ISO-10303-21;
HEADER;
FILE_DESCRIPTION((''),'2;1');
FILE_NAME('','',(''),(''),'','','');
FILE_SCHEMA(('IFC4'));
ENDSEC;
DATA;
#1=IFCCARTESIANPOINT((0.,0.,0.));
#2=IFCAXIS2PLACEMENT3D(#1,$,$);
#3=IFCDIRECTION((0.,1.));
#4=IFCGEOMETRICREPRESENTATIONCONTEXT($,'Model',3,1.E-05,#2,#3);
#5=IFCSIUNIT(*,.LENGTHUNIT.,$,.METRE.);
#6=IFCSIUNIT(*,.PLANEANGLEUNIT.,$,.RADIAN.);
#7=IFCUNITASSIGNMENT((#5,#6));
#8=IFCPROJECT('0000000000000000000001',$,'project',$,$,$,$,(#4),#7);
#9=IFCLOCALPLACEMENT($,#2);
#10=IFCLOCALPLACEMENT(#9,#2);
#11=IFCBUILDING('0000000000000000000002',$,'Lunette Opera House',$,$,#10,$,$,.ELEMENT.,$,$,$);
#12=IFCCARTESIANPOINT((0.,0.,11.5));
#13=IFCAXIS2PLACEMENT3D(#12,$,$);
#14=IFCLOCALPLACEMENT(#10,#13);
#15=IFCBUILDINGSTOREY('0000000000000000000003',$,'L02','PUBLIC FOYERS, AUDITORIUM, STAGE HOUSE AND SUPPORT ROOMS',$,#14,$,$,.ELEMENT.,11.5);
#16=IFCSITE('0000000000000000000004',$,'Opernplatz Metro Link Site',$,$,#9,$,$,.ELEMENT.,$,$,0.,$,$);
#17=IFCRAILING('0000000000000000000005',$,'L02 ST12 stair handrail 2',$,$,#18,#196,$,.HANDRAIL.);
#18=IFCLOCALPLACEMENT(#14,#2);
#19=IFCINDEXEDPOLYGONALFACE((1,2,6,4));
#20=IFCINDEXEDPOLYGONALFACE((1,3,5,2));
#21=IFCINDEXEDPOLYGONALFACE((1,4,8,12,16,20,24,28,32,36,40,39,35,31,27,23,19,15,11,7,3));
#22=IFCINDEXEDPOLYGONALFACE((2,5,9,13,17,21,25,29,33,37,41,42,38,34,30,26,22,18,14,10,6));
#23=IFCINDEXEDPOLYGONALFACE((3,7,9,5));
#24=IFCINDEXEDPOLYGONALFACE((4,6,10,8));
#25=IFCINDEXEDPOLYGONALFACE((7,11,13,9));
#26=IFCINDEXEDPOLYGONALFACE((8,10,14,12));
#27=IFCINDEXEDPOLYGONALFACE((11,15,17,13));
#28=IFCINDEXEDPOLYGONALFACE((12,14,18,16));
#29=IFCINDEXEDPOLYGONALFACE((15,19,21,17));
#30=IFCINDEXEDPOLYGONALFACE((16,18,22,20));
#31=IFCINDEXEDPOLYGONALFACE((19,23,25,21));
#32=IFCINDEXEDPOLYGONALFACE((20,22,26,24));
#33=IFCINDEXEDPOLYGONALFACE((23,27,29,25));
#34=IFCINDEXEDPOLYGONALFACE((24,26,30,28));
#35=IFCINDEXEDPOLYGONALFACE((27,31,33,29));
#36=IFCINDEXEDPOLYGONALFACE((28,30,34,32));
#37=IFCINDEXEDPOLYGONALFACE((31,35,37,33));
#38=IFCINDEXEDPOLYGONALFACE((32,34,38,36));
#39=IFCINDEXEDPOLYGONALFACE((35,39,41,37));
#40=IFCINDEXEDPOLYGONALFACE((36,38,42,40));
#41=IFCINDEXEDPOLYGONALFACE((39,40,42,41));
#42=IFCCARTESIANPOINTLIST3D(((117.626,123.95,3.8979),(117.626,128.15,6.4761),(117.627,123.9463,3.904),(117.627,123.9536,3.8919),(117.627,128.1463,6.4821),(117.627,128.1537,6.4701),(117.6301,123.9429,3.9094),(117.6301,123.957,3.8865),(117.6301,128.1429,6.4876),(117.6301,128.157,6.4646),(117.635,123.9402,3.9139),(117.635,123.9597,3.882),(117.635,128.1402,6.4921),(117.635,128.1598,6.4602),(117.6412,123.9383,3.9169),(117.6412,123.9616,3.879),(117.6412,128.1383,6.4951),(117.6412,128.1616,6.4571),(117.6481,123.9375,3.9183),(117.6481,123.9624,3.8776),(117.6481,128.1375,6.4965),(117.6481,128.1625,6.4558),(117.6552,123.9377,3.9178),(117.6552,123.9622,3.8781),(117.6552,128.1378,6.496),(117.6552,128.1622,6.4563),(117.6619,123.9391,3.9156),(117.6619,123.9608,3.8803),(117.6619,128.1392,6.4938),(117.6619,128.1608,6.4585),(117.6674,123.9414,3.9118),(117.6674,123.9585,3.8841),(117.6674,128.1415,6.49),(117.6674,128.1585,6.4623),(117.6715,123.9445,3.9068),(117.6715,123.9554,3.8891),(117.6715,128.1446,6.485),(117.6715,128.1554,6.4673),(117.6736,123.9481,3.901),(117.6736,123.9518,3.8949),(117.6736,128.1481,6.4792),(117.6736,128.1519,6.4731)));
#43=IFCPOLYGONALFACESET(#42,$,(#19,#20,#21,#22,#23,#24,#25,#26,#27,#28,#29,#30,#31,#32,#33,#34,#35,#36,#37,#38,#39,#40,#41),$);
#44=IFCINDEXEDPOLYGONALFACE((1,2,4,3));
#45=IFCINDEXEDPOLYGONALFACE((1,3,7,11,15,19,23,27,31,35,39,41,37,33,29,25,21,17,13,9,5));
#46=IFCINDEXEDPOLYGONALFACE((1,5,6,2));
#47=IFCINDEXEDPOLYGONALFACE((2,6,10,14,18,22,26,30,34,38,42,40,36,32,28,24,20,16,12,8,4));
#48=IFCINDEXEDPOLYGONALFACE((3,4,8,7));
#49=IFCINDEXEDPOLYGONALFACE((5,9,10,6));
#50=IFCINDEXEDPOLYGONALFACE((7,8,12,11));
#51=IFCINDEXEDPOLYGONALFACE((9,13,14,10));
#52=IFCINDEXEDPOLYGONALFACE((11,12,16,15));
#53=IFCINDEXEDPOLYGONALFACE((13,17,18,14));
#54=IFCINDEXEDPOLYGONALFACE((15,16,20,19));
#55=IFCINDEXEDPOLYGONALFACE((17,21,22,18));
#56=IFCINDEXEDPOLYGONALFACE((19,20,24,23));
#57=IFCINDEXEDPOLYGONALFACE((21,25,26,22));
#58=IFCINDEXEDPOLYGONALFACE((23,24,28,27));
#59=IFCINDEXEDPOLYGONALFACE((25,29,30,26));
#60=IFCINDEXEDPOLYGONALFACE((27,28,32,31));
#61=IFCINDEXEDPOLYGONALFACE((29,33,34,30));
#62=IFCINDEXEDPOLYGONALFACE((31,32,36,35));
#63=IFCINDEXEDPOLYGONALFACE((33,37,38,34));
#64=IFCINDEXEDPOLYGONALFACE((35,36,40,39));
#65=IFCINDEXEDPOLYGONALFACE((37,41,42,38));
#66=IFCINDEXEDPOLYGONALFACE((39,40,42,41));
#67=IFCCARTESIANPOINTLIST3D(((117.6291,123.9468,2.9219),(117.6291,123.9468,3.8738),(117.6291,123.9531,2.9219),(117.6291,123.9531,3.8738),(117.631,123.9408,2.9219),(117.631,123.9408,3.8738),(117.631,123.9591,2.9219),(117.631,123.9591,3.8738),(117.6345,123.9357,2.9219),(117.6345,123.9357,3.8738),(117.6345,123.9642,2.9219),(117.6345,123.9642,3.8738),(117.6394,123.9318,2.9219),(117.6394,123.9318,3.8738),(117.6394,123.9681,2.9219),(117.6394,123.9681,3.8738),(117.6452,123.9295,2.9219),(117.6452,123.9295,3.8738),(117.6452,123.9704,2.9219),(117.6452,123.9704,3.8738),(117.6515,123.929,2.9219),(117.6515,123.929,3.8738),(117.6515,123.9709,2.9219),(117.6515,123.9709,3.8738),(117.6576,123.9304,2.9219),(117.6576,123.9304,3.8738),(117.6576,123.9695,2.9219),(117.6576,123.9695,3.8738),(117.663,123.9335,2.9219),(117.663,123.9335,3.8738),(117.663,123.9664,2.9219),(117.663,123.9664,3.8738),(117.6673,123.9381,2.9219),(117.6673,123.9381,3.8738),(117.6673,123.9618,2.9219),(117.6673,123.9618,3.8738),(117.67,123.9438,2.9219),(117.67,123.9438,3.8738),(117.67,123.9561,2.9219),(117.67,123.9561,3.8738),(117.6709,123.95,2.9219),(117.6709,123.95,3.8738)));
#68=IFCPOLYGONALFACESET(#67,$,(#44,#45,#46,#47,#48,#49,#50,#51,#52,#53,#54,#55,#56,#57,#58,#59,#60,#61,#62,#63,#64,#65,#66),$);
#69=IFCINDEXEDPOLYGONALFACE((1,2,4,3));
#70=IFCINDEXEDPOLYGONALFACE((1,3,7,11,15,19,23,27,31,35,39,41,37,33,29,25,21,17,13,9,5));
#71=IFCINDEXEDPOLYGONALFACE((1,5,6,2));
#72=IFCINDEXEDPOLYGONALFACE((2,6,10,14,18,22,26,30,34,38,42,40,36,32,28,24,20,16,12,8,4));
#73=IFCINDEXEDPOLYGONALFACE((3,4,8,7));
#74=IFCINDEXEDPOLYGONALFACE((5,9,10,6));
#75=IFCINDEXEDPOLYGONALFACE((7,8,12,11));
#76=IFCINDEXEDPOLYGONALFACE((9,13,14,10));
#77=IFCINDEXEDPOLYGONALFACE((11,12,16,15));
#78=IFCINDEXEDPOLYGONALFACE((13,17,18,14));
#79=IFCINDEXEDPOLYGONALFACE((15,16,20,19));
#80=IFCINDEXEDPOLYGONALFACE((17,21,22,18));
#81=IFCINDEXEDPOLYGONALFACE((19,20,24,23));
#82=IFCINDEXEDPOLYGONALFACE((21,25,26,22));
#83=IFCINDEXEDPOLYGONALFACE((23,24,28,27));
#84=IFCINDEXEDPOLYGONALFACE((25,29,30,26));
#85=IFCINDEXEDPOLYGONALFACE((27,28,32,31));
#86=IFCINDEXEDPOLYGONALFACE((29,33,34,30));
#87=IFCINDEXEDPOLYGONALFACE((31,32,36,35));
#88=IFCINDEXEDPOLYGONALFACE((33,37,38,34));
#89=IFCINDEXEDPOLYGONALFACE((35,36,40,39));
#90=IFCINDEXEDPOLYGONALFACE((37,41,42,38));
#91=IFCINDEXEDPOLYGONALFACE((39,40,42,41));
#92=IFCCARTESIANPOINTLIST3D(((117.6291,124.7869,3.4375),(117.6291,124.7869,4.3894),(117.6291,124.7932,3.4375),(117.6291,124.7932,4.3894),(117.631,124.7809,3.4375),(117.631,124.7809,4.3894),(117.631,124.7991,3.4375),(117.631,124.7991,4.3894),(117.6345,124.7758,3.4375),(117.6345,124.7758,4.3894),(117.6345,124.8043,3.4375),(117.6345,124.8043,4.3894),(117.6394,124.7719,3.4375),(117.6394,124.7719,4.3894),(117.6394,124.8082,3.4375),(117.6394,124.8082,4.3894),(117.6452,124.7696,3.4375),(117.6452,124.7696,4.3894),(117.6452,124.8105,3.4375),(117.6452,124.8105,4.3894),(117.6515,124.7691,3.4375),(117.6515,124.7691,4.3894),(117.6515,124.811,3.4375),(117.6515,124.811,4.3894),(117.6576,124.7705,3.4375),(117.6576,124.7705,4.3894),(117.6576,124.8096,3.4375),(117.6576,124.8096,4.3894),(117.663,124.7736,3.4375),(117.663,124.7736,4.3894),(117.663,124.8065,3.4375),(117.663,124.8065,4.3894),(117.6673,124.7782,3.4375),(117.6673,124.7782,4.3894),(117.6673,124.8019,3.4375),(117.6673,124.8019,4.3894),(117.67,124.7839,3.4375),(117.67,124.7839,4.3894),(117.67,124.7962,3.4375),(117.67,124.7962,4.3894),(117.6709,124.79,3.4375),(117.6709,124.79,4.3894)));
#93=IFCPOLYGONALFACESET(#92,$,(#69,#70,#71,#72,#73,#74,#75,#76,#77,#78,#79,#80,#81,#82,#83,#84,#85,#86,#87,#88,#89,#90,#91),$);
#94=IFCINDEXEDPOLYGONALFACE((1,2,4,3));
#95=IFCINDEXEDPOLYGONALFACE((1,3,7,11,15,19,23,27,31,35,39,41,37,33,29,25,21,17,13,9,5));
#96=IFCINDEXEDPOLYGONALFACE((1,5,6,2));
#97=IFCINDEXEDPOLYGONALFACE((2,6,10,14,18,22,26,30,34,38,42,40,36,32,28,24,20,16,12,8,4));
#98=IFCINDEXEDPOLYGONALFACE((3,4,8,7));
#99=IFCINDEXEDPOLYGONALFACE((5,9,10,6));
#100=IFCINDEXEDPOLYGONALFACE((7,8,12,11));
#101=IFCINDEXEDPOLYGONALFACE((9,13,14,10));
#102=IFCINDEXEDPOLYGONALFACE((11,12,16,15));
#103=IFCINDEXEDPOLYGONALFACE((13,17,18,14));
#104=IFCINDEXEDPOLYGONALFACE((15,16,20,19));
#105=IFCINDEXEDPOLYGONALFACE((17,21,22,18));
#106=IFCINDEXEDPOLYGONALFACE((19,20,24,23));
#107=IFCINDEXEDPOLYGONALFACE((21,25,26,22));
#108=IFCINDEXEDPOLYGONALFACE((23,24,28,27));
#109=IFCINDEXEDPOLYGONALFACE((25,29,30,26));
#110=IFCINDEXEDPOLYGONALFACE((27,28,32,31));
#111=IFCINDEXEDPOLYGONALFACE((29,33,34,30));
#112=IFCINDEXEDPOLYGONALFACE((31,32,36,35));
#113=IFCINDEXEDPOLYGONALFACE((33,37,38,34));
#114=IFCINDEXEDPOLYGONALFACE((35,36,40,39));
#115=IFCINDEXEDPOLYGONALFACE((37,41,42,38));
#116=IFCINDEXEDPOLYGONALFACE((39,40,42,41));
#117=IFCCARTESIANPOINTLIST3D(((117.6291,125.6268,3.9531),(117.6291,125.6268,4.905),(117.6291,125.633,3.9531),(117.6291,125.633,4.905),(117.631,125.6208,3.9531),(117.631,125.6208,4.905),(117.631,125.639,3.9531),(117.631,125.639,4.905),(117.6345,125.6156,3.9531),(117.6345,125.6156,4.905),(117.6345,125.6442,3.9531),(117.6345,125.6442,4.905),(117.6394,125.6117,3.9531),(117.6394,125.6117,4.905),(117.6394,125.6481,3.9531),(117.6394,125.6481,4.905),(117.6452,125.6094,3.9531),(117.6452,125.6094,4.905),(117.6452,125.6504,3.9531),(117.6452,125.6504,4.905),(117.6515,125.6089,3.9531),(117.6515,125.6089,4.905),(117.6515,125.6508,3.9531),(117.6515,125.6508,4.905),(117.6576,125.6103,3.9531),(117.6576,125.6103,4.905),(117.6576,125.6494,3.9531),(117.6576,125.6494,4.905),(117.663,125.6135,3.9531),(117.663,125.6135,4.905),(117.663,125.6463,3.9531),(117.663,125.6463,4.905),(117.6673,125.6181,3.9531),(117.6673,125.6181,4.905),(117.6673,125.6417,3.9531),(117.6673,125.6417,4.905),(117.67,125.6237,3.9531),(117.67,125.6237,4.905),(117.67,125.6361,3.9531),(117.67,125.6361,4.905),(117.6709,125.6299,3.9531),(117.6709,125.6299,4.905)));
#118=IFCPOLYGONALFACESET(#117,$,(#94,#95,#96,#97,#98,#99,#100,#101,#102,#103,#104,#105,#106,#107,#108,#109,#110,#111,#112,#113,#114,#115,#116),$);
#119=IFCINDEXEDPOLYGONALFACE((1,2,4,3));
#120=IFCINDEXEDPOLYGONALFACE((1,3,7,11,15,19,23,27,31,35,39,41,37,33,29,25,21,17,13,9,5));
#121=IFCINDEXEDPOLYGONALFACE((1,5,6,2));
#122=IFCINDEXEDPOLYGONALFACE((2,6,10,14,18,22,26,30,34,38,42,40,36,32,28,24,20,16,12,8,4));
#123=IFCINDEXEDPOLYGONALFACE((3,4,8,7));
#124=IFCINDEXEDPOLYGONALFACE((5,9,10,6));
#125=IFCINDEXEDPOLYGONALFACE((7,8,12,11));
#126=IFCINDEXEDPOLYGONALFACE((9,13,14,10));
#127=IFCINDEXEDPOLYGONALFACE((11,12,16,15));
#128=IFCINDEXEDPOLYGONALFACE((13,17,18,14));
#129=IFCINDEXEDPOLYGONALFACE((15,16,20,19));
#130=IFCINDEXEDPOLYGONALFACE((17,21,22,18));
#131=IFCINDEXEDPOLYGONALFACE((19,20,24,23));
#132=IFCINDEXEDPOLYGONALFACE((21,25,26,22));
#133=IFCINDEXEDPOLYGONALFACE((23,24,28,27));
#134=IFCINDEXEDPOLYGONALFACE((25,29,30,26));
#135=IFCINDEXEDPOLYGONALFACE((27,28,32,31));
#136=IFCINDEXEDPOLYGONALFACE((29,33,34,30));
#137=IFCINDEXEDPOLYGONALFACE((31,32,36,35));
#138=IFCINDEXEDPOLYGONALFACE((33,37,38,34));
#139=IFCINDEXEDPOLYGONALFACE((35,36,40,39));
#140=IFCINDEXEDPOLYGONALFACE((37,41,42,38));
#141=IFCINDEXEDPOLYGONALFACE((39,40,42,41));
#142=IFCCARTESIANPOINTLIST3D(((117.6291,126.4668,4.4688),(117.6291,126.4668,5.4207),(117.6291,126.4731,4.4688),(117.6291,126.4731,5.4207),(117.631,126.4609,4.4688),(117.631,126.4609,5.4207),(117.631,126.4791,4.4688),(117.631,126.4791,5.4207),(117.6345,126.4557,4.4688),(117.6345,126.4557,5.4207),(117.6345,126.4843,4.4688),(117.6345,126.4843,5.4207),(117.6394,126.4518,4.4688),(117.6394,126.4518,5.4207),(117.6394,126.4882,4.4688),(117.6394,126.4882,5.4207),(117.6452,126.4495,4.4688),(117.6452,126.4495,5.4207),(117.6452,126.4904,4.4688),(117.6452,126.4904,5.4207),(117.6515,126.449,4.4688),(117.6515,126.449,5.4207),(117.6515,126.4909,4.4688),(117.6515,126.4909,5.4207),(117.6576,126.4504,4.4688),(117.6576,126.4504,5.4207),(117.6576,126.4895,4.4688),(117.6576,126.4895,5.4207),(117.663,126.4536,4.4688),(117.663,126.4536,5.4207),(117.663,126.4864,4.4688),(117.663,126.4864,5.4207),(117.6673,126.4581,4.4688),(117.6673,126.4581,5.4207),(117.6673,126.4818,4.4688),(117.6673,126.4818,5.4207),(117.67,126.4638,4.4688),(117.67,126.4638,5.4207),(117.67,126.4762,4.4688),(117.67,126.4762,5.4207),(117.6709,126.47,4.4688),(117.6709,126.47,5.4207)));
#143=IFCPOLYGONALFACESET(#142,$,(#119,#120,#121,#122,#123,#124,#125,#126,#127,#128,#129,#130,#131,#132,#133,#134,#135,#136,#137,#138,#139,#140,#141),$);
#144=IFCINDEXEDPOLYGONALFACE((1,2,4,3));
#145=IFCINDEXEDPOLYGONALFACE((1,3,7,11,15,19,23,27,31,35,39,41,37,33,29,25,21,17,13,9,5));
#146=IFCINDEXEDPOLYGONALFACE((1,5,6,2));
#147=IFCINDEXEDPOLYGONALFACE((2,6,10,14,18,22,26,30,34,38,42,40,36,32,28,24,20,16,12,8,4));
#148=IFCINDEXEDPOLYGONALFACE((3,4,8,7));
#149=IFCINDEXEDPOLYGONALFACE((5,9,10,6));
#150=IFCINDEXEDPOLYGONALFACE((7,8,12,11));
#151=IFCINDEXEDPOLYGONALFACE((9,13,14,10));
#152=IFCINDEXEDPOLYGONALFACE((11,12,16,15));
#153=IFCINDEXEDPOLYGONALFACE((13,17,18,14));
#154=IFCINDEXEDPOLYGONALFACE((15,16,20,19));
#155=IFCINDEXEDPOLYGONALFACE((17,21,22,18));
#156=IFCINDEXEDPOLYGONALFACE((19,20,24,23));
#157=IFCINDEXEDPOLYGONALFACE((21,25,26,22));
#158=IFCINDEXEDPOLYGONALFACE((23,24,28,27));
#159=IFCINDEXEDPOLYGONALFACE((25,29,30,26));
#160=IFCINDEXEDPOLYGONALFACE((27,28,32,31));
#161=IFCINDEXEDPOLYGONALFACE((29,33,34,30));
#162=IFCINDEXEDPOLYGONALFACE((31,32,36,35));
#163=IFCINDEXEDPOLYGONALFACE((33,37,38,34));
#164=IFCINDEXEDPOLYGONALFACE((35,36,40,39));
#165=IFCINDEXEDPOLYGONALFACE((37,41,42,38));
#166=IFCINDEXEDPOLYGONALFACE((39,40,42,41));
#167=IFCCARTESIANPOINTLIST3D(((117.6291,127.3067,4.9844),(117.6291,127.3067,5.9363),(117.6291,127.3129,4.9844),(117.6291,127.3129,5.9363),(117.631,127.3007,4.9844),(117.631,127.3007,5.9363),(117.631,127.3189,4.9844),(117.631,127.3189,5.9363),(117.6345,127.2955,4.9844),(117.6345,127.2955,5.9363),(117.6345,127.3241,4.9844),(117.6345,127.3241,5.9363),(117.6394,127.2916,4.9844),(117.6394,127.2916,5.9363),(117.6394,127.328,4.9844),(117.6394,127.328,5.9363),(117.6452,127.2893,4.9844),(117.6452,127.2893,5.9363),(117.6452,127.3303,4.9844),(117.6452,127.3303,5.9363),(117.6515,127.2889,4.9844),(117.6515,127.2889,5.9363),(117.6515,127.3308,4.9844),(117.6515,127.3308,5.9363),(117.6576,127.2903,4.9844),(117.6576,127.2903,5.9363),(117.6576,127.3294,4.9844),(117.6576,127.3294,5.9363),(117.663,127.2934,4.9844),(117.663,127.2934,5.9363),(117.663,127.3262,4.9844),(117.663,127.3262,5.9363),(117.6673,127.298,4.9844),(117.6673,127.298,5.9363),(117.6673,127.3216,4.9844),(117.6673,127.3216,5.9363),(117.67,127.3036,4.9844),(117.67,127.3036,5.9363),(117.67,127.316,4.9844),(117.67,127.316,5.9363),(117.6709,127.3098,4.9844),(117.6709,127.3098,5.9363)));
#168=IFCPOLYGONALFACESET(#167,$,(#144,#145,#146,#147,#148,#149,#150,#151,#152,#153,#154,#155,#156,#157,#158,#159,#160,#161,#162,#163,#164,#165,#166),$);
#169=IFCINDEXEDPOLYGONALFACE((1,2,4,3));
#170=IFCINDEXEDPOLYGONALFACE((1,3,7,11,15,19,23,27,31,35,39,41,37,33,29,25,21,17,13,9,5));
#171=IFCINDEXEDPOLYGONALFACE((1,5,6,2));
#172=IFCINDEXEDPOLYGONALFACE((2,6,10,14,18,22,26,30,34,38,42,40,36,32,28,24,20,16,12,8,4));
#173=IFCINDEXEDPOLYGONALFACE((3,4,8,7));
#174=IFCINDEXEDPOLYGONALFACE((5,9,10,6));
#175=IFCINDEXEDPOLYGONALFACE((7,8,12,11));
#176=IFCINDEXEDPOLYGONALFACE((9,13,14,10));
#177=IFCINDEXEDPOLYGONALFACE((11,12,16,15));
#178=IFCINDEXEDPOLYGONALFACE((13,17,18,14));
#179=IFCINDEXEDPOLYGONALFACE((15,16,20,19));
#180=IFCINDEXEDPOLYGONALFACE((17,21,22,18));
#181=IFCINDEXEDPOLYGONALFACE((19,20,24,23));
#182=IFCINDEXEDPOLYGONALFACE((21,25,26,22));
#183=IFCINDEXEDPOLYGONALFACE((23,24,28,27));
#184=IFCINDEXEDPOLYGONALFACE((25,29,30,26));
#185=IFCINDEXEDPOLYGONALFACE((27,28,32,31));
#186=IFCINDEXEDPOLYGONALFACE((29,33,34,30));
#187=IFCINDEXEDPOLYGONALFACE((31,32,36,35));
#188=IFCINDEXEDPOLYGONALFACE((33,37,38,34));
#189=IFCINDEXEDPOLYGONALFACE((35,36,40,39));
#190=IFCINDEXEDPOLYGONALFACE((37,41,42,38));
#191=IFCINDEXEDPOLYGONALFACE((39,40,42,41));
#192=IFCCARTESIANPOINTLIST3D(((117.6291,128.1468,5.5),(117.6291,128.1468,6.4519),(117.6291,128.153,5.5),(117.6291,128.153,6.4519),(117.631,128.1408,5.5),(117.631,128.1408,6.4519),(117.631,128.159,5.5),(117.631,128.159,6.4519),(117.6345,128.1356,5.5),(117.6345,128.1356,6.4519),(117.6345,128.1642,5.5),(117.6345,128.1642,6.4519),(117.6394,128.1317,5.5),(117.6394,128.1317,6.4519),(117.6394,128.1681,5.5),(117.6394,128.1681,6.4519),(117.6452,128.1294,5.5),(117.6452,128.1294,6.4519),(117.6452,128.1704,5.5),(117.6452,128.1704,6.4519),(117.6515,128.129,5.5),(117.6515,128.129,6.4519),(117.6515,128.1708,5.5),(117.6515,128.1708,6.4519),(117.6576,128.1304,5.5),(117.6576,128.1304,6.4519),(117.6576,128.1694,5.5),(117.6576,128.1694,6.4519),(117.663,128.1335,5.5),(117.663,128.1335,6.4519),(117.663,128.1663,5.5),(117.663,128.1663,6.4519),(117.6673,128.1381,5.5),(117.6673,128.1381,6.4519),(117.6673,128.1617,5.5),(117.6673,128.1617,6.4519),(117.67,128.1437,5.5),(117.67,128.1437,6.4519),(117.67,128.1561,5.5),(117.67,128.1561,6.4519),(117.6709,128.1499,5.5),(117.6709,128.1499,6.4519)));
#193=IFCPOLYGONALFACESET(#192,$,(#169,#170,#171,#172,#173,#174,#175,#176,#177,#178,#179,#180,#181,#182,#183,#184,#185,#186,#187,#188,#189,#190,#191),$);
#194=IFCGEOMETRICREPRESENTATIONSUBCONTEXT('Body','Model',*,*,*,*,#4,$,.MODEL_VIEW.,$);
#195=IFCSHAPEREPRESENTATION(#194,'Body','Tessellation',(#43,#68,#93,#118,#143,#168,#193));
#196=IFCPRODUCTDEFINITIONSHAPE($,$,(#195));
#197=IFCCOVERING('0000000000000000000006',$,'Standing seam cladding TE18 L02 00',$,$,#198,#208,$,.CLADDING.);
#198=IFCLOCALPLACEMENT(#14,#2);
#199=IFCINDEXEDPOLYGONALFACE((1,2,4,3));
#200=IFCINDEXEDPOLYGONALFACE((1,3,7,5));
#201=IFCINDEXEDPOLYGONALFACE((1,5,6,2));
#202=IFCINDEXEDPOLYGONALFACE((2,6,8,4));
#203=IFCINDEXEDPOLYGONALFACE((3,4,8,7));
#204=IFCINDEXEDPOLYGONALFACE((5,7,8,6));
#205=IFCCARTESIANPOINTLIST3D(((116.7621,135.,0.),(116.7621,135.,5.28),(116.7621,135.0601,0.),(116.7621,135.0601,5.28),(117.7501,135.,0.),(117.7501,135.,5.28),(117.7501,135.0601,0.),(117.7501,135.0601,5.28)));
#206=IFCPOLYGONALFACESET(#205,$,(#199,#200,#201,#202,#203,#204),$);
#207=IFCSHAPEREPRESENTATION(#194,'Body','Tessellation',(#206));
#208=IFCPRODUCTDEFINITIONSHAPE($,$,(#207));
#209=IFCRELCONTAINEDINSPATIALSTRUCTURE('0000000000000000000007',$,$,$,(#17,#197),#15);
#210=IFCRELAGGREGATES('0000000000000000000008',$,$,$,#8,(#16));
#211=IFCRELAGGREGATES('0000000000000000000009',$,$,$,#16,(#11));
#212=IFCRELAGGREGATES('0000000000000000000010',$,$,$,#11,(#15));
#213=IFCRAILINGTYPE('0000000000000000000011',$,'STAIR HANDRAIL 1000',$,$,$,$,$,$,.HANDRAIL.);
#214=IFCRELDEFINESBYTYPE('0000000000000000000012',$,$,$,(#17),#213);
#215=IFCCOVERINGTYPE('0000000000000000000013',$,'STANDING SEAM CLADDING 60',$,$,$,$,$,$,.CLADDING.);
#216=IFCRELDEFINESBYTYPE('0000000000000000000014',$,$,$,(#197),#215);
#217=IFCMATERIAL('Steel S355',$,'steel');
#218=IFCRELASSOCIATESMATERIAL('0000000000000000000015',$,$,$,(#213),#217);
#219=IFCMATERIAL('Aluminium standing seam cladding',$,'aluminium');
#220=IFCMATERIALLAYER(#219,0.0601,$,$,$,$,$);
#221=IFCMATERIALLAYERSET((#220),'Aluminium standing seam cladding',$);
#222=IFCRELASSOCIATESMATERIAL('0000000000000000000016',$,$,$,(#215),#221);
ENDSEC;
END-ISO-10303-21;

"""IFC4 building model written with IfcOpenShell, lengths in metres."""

from ifc_helpers import new_model, si_unit, direction, frame, origin, origin_2d, place, context, subcontext, project, spatial, rectangle, circle, extrude, material, layer, layer_set, type_object, element, save


model = new_model("IFC4")

# Units and contexts
model_context = context("Model", 3, precision=1e-05, world=origin(), true_north=direction((0.0, 1.0)))
body_context = subcontext(model_context, "Body", "Model", "MODEL_VIEW")
ifc_project = project(units=[si_unit("LENGTHUNIT", "METRE"), si_unit("PLANEANGLEUNIT", "RADIAN")], contexts=[model_context])

# Site, building, storey
site_placement = place(None, origin())
site = spatial("IfcSite", under=ifc_project, at=site_placement, Name="Opernplatz Metro Link Site", CompositionType="ELEMENT", RefElevation=0.0)
building_placement = place(site_placement, origin())
building = spatial("IfcBuilding", under=site, at=building_placement, Name="Lunette Opera House", CompositionType="ELEMENT")
storey_placement = place(building_placement, frame((0.0, 0.0, 11.5)))
storey = spatial("IfcBuildingStorey", under=building, at=storey_placement, Name="L02", Description="PUBLIC FOYERS, AUDITORIUM, STAGE HOUSE AND SUPPORT ROOMS", CompositionType="ELEMENT", Elevation=11.5)

# Railing
ifc_material_1 = material(Name="Steel S355", Category="steel")
railing_type_1 = type_object("IfcRailingType", Name="STAIR HANDRAIL 1000", PredefinedType="HANDRAIL", material=ifc_material_1)
railing_1_placement = place(storey_placement, frame((117.6499, 123.95, 2.9219)))
element("IfcRailing", 1, at=railing_1_placement, inside=storey, type_object=railing_type_1, Name="L02 ST12 stair handrail 2", PredefinedType="HANDRAIL", context=body_context, shape_type="SweptSolid", body=[
    extrude(circle(Radius=0.0239, at=origin_2d()), frame((0.0, 0.0, 0.9761), z_axis=(0.0, 0.852243, 0.523146), x_axis=(-1.0, 0.0, 0.0)), (0.0, 0.0, 1.0), 4.9282),
    extrude(circle(Radius=0.021, at=origin_2d()), origin(), (0.0, 0.0, 1.0), 0.9519),
    extrude(circle(Radius=0.021, at=origin_2d()), frame((0.0, 0.8401, 0.5156)), (0.0, 0.0, 1.0), 0.9519),
    extrude(circle(Radius=0.021, at=origin_2d()), frame((0.0, 1.6799, 1.0312)), (0.0, 0.0, 1.0), 0.9519),
    extrude(circle(Radius=0.021, at=origin_2d()), frame((0.0, 2.52, 1.5469)), (0.0, 0.0, 1.0), 0.9519),
    extrude(circle(Radius=0.021, at=origin_2d()), frame((0.0, 3.3599, 2.0625)), (0.0, 0.0, 1.0), 0.9519),
    extrude(circle(Radius=0.021, at=origin_2d()), frame((0.0, 4.2, 2.5781)), (0.0, 0.0, 1.0), 0.9519),
])

# Covering
ifc_material_2 = material(Name="Aluminium standing seam cladding", Category="aluminium")
ifc_layer_1 = layer(ifc_material_2, 0.0601)
ifc_layer_set_1 = layer_set([ifc_layer_1], Name="Aluminium standing seam cladding")
covering_type = type_object("IfcCoveringType", Name="STANDING SEAM CLADDING 60", PredefinedType="CLADDING", material=ifc_layer_set_1)
covering_1_placement = place(storey_placement, frame((117.2561, 135.03, 0.0), z_axis=(0.0, 0.0, 1.0), x_axis=(-1.0, 0.0, 0.0)))
element("IfcCovering", 2, at=covering_1_placement, inside=storey, type_object=covering_type, Name="Standing seam cladding TE18 L02 00", PredefinedType="CLADDING", context=body_context, shape_type="SweptSolid", body=[
    extrude(rectangle(XDim=0.988, YDim=0.0601, at=origin_2d()), origin(), (0.0, 0.0, 1.0), 5.28),
])

save(model, "model.ifc")
